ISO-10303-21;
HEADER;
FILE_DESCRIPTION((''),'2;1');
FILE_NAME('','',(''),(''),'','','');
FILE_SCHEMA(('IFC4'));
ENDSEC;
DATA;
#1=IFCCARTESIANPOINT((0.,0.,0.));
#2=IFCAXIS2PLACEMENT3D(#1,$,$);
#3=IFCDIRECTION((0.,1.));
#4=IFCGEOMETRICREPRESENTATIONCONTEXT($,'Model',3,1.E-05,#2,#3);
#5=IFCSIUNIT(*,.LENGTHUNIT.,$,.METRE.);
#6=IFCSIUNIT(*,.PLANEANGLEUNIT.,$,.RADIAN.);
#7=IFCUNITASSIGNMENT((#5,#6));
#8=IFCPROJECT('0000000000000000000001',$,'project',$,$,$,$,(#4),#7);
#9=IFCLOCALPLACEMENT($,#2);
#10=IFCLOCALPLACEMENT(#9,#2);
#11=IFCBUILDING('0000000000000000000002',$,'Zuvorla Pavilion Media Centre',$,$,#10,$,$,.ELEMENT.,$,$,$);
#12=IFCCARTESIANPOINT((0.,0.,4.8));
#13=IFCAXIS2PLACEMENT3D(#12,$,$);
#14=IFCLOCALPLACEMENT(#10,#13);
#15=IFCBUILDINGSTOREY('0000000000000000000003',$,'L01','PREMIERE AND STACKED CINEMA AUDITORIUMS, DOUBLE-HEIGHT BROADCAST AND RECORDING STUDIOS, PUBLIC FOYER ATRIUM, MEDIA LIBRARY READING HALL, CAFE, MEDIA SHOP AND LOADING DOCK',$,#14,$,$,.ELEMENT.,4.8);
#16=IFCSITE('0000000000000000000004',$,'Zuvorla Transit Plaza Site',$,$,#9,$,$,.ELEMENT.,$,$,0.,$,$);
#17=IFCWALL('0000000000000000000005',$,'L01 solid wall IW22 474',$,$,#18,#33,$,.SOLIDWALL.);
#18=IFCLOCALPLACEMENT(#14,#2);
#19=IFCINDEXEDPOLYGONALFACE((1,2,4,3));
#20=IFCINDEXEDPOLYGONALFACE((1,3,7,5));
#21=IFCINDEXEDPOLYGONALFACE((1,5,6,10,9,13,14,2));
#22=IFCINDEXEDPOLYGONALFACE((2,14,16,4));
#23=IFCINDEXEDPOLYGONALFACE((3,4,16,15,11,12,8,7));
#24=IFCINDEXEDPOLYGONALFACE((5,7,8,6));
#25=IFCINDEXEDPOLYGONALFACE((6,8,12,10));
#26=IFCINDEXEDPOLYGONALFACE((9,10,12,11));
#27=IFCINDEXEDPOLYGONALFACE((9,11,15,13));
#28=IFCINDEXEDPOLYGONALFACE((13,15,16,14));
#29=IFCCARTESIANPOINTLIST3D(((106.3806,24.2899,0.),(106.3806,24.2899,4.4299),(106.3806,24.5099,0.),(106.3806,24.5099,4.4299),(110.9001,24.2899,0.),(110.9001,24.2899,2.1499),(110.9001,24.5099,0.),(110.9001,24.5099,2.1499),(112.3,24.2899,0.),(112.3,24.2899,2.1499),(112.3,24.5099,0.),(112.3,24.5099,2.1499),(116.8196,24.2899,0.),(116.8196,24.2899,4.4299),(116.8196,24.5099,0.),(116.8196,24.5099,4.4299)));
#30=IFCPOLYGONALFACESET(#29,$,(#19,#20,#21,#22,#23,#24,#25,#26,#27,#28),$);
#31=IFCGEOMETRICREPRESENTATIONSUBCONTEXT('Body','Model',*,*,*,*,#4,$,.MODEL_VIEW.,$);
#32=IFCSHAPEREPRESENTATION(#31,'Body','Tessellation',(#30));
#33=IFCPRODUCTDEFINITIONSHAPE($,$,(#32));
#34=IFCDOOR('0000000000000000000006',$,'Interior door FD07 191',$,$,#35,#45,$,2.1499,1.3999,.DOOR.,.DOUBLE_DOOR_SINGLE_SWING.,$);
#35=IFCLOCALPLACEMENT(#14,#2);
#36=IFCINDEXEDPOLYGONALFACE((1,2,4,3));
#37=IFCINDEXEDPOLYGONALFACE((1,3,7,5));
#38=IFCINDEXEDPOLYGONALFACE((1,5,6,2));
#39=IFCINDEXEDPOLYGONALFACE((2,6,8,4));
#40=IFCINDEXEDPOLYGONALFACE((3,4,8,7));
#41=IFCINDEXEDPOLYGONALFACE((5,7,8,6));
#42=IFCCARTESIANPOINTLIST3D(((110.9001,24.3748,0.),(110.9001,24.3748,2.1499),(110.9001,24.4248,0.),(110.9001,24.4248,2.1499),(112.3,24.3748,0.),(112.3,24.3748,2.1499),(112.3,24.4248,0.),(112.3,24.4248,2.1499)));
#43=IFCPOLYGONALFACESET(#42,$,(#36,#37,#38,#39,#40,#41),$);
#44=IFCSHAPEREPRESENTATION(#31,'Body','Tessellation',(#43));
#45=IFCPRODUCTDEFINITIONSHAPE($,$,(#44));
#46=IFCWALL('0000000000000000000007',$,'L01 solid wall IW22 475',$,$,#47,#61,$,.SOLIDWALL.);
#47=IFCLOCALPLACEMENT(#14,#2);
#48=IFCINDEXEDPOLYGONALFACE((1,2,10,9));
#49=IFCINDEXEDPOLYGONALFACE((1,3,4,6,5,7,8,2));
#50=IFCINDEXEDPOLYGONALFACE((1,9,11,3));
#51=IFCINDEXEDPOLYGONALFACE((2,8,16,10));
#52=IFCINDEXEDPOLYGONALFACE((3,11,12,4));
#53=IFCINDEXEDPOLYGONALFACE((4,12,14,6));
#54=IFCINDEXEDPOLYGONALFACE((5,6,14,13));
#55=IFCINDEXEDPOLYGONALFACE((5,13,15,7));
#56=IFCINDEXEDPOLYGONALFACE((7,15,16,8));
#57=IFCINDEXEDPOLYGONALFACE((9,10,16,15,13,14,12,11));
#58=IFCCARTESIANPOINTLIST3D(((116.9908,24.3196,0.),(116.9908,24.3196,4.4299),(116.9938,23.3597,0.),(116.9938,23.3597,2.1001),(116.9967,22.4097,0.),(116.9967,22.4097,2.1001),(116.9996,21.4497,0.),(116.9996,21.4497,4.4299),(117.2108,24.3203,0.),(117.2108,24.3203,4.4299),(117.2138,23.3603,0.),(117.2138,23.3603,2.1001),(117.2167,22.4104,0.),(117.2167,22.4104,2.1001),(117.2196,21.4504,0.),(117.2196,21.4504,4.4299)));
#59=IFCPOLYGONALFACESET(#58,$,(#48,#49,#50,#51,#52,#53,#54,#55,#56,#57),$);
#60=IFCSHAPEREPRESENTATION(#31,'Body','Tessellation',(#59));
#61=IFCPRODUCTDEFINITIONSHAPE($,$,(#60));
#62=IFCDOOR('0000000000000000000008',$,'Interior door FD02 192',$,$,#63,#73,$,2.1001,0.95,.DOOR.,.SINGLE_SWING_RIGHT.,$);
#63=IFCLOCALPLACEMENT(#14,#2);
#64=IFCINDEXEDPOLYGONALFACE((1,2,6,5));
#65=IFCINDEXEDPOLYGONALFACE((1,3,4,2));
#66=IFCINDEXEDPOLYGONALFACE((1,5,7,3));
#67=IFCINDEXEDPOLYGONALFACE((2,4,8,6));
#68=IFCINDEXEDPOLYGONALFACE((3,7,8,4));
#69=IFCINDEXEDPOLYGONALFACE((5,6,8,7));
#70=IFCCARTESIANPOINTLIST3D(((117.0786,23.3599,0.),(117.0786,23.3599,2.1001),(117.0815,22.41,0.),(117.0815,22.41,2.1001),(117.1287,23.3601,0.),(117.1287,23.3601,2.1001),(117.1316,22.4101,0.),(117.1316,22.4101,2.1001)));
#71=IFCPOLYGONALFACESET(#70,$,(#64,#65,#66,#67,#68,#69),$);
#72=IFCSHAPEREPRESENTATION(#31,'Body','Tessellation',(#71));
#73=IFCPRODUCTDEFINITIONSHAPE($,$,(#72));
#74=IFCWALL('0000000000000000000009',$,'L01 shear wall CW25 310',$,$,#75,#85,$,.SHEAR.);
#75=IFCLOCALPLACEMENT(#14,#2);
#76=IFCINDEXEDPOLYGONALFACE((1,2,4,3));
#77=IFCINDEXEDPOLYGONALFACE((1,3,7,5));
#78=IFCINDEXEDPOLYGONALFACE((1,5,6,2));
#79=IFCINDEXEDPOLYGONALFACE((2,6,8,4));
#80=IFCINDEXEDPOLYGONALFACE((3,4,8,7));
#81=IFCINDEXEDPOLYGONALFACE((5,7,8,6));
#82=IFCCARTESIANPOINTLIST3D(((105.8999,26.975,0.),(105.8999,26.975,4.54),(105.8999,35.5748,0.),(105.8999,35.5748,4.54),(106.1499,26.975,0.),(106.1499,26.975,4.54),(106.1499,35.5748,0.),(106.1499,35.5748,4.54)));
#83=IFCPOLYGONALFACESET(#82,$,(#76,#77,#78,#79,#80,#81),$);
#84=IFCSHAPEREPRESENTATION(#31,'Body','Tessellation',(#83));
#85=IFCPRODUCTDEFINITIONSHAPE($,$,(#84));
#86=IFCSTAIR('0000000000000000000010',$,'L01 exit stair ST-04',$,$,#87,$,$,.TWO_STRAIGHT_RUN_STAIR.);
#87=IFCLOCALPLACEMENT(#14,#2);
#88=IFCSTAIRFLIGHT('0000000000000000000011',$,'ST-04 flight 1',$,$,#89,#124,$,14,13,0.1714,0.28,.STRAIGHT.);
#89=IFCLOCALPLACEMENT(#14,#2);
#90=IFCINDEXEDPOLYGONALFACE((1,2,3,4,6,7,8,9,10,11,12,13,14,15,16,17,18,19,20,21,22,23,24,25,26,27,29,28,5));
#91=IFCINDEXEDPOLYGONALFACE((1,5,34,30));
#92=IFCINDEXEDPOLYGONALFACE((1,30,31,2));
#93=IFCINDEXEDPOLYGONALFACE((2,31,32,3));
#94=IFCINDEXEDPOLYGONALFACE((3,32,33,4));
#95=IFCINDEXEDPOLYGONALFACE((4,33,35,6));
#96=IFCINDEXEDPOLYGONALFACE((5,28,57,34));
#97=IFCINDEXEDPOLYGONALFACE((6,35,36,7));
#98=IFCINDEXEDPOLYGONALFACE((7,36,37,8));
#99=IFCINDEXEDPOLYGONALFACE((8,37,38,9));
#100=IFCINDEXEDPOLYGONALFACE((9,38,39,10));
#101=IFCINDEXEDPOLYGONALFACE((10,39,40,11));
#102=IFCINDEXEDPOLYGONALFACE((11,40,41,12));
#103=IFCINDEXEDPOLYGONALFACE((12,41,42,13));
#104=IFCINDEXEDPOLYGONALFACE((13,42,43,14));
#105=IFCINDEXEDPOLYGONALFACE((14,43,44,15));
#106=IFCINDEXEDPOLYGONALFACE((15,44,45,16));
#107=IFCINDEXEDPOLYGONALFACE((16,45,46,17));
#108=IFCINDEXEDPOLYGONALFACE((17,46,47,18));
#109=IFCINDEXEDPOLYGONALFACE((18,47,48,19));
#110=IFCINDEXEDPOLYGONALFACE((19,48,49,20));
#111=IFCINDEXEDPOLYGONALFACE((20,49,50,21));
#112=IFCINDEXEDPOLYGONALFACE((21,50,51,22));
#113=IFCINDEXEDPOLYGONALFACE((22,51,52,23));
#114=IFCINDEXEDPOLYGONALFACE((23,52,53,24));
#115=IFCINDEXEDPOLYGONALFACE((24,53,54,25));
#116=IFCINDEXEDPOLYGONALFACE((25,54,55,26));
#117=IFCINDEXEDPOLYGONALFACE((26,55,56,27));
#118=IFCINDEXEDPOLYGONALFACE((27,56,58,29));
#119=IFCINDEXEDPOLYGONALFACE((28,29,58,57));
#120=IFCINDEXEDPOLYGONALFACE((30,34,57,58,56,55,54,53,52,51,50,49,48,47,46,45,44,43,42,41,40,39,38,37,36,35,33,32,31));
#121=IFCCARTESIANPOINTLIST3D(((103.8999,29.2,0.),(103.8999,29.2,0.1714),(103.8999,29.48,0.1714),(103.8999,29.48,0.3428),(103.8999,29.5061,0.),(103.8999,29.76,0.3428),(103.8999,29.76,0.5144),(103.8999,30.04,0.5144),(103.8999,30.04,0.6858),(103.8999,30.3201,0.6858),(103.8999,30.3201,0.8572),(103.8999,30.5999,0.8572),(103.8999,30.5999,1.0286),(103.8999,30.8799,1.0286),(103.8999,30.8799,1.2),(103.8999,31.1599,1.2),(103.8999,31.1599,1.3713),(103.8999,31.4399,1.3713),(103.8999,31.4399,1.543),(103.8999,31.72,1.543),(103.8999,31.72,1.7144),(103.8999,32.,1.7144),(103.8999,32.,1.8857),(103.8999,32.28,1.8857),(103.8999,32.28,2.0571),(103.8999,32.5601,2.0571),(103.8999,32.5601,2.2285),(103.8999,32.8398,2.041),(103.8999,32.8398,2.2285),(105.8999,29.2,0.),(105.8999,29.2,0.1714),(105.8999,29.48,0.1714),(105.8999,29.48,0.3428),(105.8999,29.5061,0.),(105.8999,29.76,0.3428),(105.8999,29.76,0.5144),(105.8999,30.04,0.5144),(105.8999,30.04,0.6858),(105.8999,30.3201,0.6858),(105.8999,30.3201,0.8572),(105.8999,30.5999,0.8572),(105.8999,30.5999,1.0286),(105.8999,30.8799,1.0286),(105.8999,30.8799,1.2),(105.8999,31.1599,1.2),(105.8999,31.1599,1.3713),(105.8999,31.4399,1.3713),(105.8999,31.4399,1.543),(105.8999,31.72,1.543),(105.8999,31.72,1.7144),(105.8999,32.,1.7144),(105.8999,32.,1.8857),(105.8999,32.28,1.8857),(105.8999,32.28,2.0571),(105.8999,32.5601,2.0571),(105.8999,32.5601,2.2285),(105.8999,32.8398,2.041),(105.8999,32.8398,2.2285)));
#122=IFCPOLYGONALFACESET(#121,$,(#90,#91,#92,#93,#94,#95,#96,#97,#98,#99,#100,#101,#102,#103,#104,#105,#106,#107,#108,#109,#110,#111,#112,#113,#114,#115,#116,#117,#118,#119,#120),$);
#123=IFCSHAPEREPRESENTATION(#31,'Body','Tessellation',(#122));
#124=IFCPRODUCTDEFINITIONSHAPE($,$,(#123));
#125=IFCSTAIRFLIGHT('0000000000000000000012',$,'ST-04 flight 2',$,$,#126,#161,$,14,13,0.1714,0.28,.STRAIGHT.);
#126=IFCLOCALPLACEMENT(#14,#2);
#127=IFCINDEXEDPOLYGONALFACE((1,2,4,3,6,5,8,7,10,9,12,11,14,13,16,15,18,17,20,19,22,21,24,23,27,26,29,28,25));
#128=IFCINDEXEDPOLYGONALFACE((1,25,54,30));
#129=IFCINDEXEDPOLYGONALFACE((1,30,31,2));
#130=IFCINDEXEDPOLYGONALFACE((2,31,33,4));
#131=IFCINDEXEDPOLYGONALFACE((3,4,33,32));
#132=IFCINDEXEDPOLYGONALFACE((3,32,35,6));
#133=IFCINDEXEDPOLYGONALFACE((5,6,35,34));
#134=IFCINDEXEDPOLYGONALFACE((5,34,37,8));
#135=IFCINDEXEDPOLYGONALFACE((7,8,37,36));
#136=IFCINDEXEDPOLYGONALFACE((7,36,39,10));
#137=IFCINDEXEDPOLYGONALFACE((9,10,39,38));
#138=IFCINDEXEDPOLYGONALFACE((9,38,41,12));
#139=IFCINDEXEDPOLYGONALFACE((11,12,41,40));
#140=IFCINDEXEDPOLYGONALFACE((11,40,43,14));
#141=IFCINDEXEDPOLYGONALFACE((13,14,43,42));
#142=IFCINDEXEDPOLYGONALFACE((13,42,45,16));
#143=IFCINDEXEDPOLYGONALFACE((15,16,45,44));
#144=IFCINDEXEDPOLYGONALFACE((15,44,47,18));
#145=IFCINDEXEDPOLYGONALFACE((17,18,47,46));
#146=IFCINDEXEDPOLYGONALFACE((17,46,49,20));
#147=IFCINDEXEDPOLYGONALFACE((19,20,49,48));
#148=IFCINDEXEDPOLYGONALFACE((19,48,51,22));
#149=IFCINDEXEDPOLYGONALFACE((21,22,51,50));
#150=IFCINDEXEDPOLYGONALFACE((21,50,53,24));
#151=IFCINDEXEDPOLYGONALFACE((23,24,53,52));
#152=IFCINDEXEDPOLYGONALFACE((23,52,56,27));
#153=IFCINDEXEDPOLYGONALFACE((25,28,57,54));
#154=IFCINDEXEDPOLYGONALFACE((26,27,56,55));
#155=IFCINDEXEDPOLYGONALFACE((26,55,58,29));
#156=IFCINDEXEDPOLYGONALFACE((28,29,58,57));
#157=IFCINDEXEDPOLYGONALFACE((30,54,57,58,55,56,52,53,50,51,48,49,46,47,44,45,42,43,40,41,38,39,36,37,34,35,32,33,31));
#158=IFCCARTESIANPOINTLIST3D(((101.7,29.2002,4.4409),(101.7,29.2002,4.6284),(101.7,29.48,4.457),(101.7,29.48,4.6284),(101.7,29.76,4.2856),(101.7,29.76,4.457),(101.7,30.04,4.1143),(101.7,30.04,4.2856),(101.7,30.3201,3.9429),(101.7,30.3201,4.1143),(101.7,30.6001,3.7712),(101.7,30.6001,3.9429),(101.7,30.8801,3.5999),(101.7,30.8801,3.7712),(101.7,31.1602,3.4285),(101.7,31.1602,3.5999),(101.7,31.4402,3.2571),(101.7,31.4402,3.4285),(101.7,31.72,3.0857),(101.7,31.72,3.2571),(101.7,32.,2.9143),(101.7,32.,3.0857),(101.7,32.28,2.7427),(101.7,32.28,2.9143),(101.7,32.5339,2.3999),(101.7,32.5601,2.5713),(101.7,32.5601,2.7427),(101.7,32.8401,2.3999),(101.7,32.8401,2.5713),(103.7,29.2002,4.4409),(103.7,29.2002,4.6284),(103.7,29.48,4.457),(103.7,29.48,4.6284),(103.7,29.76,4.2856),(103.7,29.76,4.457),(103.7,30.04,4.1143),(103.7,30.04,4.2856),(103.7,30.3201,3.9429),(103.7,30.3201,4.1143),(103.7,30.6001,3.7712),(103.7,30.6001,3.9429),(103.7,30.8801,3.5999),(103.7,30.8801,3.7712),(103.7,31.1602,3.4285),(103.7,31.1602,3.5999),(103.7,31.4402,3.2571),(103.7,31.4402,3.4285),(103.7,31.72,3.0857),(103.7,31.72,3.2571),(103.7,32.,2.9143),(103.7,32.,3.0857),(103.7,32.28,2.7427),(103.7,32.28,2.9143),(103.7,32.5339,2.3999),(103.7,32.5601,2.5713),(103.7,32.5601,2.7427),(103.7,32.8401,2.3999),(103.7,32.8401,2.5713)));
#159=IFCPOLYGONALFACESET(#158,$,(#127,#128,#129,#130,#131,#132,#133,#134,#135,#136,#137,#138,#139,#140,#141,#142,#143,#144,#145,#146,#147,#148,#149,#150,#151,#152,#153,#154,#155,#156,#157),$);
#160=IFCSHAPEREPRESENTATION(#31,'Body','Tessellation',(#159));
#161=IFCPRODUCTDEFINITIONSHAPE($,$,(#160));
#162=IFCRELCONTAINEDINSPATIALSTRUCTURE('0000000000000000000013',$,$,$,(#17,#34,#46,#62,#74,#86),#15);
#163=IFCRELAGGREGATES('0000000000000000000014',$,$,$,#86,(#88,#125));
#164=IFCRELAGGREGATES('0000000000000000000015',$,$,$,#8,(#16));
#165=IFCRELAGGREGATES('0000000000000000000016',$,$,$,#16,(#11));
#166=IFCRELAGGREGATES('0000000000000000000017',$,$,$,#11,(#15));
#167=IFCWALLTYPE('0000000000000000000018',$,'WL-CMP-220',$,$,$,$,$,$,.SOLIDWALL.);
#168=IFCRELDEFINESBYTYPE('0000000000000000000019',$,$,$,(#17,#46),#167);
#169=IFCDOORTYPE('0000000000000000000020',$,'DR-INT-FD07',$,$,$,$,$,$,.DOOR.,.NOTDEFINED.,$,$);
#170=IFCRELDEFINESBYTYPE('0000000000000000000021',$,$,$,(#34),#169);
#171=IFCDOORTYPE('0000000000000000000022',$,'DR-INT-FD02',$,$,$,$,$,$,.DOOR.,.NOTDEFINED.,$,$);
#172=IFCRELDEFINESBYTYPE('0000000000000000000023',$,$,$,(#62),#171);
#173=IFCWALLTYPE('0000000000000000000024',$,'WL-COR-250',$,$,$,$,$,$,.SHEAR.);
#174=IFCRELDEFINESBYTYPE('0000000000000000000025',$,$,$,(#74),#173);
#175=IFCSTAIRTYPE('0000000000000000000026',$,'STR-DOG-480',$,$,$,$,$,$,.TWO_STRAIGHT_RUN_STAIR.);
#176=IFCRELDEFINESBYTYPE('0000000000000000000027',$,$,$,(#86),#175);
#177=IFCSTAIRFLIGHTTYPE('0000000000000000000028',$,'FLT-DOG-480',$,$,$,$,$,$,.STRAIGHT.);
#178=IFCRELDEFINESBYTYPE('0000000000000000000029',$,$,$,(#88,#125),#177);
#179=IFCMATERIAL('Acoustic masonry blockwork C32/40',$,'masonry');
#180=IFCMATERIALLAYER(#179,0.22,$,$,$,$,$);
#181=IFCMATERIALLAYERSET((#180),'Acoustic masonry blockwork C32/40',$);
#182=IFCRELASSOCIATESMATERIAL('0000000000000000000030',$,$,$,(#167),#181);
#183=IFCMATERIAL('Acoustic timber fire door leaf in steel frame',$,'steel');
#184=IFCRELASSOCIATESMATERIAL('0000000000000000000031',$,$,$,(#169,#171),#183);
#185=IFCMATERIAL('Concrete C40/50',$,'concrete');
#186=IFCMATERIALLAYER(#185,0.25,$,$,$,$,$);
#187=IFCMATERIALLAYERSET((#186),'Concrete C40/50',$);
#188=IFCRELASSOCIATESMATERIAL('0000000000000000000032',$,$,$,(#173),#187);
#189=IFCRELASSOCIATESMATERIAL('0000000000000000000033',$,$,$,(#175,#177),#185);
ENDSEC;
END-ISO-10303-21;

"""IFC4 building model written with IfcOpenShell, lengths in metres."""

from ifc_helpers import new_model, si_unit, direction, frame, frame_2d, origin, place, context, subcontext, project, spatial, polyline, rectangle, outline, extrude, material, layer, layer_set, type_object, element, fill, aggregate, save


model = new_model("IFC4")

# Units and contexts
model_context = context("Model", 3, precision=1e-05, world=origin(), true_north=direction((0.0, 1.0)))
body_context = subcontext(model_context, "Body", "Model", "MODEL_VIEW")
ifc_project = project(units=[si_unit("LENGTHUNIT", "METRE"), si_unit("PLANEANGLEUNIT", "RADIAN")], contexts=[model_context])

# Site, building, storey
site_placement = place(None, origin())
site = spatial("IfcSite", under=ifc_project, at=site_placement, Name="Zuvorla Transit Plaza Site", CompositionType="ELEMENT", RefElevation=0.0)
building_placement = place(site_placement, origin())
building = spatial("IfcBuilding", under=site, at=building_placement, Name="Zuvorla Pavilion Media Centre", CompositionType="ELEMENT")
storey_placement = place(building_placement, frame((0.0, 0.0, 4.8)))
storey = spatial("IfcBuildingStorey", under=building, at=storey_placement, Name="L01", Description="PREMIERE AND STACKED CINEMA AUDITORIUMS, DOUBLE-HEIGHT BROADCAST AND RECORDING STUDIOS, PUBLIC FOYER ATRIUM, MEDIA LIBRARY READING HALL, CAFE, MEDIA SHOP AND LOADING DOCK", CompositionType="ELEMENT", Elevation=4.8)

# Shared definitions
ifc_material_1 = material(Name="Concrete C40/50", Category="concrete")

# Walls, openings, doors
ifc_material_2 = material(Name="Acoustic masonry blockwork C32/40", Category="masonry")
ifc_layer_1 = layer(ifc_material_2, 0.22)
ifc_layer_set_1 = layer_set([ifc_layer_1], Name="Acoustic masonry blockwork C32/40")
wall_type_1 = type_object("IfcWallType", Name="WL-CMP-220", PredefinedType="SOLIDWALL", material=ifc_layer_set_1)
ifc_material_3 = material(Name="Acoustic timber fire door leaf in steel frame", Category="steel")
wall_1_placement = place(storey_placement, frame((106.3806, 24.3999, 0.0), z_axis=(0.0, 0.0, 1.0), x_axis=(1.0, 0.0, 0.0)))
wall_1 = element("IfcWall", 1, at=wall_1_placement, inside=storey, type_object=wall_type_1, Name="L01 solid wall IW22 474", PredefinedType="SOLIDWALL", context=body_context, shape_type="SweptSolid", body=[
    extrude(rectangle(XDim=10.439, YDim=0.22, at=frame_2d((5.2195, 0.0))), origin(), (0.0, 0.0, 1.0), 4.4299),
])
opening_1_placement = place(wall_1_placement, frame((4.5195, 0.0, 0.0)))
opening_1 = element("IfcOpeningElement", 2, at=opening_1_placement, cuts=wall_1, PredefinedType="OPENING", context=body_context, shape_type="SweptSolid", body=[
    extrude(rectangle(XDim=1.3999, YDim=2.1499, at=frame_2d((0.7, 1.075))), frame((0.0, 0.1199, 0.0), z_axis=(0.0, -1.0, 0.0), x_axis=(1.0, 0.0, 0.0)), (0.0, 0.0, 1.0), 0.24),
])
door_type_1 = type_object("IfcDoorType", Name="DR-INT-FD07", OperationType="NOTDEFINED", PredefinedType="DOOR", material=ifc_material_3)
door_1_placement = place(opening_1_placement, origin())
door_1 = element("IfcDoor", 3, at=door_1_placement, inside=storey, type_object=door_type_1, Name="Interior door FD07 191", OperationType="DOUBLE_DOOR_SINGLE_SWING", OverallHeight=2.1499, OverallWidth=1.3999, PredefinedType="DOOR", context=body_context, shape_type="SweptSolid", body=[
    extrude(rectangle(XDim=1.3999, YDim=2.1499, at=frame_2d((0.7, 1.075))), frame((0.0, 0.0249, 0.0), z_axis=(0.0, -1.0, 0.0), x_axis=(1.0, 0.0, 0.0)), (0.0, 0.0, 1.0), 0.05),
])
fill(opening_1, door_1)
wall_2_placement = place(storey_placement, frame((117.1008, 24.3201, 0.0), z_axis=(0.0, 0.0, 1.0), x_axis=(0.003063, -0.999995, 0.0)))
wall_2 = element("IfcWall", 4, at=wall_2_placement, inside=storey, type_object=wall_type_1, Name="L01 solid wall IW22 475", PredefinedType="SOLIDWALL", context=body_context, shape_type="SweptSolid", body=[
    extrude(rectangle(XDim=2.8699, YDim=0.22, at=frame_2d((1.4351, 0.0))), origin(), (0.0, 0.0, 1.0), 4.4299),
])
opening_2_placement = place(wall_2_placement, frame((0.96, 0.0, 0.0)))
opening_2 = element("IfcOpeningElement", 5, at=opening_2_placement, cuts=wall_2, PredefinedType="OPENING", context=body_context, shape_type="SweptSolid", body=[
    extrude(rectangle(XDim=0.95, YDim=2.1001, at=frame_2d((0.4751, 1.05))), frame((0.0, 0.1199, 0.0), z_axis=(0.0, -1.0, 0.0), x_axis=(1.0, 0.0, 0.0)), (0.0, 0.0, 1.0), 0.24),
])
door_type_2 = type_object("IfcDoorType", Name="DR-INT-FD02", OperationType="NOTDEFINED", PredefinedType="DOOR", material=ifc_material_3)
door_2_placement = place(opening_2_placement, origin())
door_2 = element("IfcDoor", 6, at=door_2_placement, inside=storey, type_object=door_type_2, Name="Interior door FD02 192", OperationType="SINGLE_SWING_RIGHT", OverallHeight=2.1001, OverallWidth=0.95, PredefinedType="DOOR", context=body_context, shape_type="SweptSolid", body=[
    extrude(rectangle(XDim=0.95, YDim=2.1001, at=frame_2d((0.4751, 1.05))), frame((0.0, 0.0249, 0.0), z_axis=(0.0, -1.0, 0.0), x_axis=(1.0, 0.0, 0.0)), (0.0, 0.0, 1.0), 0.05),
])
fill(opening_2, door_2)

# Wall
ifc_layer_2 = layer(ifc_material_1, 0.25)
ifc_layer_set_2 = layer_set([ifc_layer_2], Name="Concrete C40/50")
wall_type_2 = type_object("IfcWallType", Name="WL-COR-250", PredefinedType="SHEAR", material=ifc_layer_set_2)
wall_3_placement = place(storey_placement, frame((106.0249, 26.9751, 0.0), z_axis=(0.0, 0.0, 1.0), x_axis=(0.0, 1.0, 0.0)))
element("IfcWall", 7, at=wall_3_placement, inside=storey, type_object=wall_type_2, Name="L01 shear wall CW25 310", PredefinedType="SHEAR", context=body_context, shape_type="SweptSolid", body=[
    extrude(rectangle(XDim=8.5999, YDim=0.25, at=frame_2d((4.2998, 0.0))), origin(), (0.0, 0.0, 1.0), 4.54),
])

# Stair, stair flights
stair_type = type_object("IfcStairType", Name="STR-DOG-480", PredefinedType="TWO_STRAIGHT_RUN_STAIR", material=ifc_material_1)
stair_placement = place(storey_placement, origin())
stair = element("IfcStair", 8, at=stair_placement, inside=storey, type_object=stair_type, Name="L01 exit stair ST-04", PredefinedType="TWO_STRAIGHT_RUN_STAIR")
stair_flight_type = type_object("IfcStairFlightType", Name="FLT-DOG-480", PredefinedType="STRAIGHT", material=ifc_material_1)
stair_flight_1_placement = place(storey_placement, frame((104.8999, 29.2, 0.0), z_axis=(0.0, 0.0, 1.0), x_axis=(0.0, 1.0, 0.0)))
stair_flight_1 = element("IfcStairFlight", 9, at=stair_flight_1_placement, type_object=stair_flight_type, Name="ST-04 flight 1", NumberOfRisers=14, NumberOfTreads=13, PredefinedType="STRAIGHT", RiserHeight=0.1714, TreadLength=0.28, context=body_context, shape_type="SweptSolid", body=[
    extrude(outline(polyline([(0.0, 0.0), (0.0, 0.1714), (0.28, 0.1714), (0.28, 0.3428), (0.5601, 0.3428), (0.5601, 0.5144), (0.8401, 0.5144), (0.8401, 0.6858), (1.1201, 0.6858), (1.1201, 0.8572), (1.3999, 0.8572), (1.3999, 1.0286), (1.6799, 1.0286), (1.6799, 1.2), (1.96, 1.2), (1.96, 1.3713), (2.24, 1.3713), (2.24, 1.543), (2.52, 1.543), (2.52, 1.7144), (2.8, 1.7144), (2.8, 1.8857), (3.0801, 1.8857), (3.0801, 2.0571), (3.3601, 2.0571), (3.3601, 2.2285), (3.6399, 2.2285), (3.6399, 2.3999), (3.6399, 2.041), (0.3062, 0.0), (0.0, 0.0)])), frame((0.0, 1.0, 0.0), z_axis=(0.0, -1.0, 0.0), x_axis=(1.0, 0.0, 0.0)), (0.0, 0.0, 1.0), 2.0),
])
stair_flight_2_placement = place(storey_placement, frame((102.7, 32.8401, 2.3999), z_axis=(0.0, 0.0, 1.0), x_axis=(0.0, -1.0, 0.0)))
stair_flight_2 = element("IfcStairFlight", 10, at=stair_flight_2_placement, type_object=stair_flight_type, Name="ST-04 flight 2", NumberOfRisers=14, NumberOfTreads=13, PredefinedType="STRAIGHT", RiserHeight=0.1714, TreadLength=0.28, context=body_context, shape_type="SweptSolid", body=[
    extrude(outline(polyline([(0.0, 0.0), (0.0, 0.1714), (0.28, 0.1714), (0.28, 0.3428), (0.5601, 0.3428), (0.5601, 0.5144), (0.8401, 0.5144), (0.8401, 0.6858), (1.1201, 0.6858), (1.1201, 0.8572), (1.3999, 0.8572), (1.3999, 1.0286), (1.6799, 1.0286), (1.6799, 1.2), (1.96, 1.2), (1.96, 1.3713), (2.24, 1.3713), (2.24, 1.543), (2.52, 1.543), (2.52, 1.7144), (2.8, 1.7144), (2.8, 1.8857), (3.0801, 1.8857), (3.0801, 2.0571), (3.3601, 2.0571), (3.3601, 2.2285), (3.6399, 2.2285), (3.6399, 2.3999), (3.6399, 2.041), (0.3062, 0.0), (0.0, 0.0)])), frame((0.0, 1.0, 0.0), z_axis=(0.0, -1.0, 0.0), x_axis=(1.0, 0.0, 0.0)), (0.0, 0.0, 1.0), 2.0),
])
aggregate(stair, [stair_flight_1, stair_flight_2])

save(model, "model.ifc")
